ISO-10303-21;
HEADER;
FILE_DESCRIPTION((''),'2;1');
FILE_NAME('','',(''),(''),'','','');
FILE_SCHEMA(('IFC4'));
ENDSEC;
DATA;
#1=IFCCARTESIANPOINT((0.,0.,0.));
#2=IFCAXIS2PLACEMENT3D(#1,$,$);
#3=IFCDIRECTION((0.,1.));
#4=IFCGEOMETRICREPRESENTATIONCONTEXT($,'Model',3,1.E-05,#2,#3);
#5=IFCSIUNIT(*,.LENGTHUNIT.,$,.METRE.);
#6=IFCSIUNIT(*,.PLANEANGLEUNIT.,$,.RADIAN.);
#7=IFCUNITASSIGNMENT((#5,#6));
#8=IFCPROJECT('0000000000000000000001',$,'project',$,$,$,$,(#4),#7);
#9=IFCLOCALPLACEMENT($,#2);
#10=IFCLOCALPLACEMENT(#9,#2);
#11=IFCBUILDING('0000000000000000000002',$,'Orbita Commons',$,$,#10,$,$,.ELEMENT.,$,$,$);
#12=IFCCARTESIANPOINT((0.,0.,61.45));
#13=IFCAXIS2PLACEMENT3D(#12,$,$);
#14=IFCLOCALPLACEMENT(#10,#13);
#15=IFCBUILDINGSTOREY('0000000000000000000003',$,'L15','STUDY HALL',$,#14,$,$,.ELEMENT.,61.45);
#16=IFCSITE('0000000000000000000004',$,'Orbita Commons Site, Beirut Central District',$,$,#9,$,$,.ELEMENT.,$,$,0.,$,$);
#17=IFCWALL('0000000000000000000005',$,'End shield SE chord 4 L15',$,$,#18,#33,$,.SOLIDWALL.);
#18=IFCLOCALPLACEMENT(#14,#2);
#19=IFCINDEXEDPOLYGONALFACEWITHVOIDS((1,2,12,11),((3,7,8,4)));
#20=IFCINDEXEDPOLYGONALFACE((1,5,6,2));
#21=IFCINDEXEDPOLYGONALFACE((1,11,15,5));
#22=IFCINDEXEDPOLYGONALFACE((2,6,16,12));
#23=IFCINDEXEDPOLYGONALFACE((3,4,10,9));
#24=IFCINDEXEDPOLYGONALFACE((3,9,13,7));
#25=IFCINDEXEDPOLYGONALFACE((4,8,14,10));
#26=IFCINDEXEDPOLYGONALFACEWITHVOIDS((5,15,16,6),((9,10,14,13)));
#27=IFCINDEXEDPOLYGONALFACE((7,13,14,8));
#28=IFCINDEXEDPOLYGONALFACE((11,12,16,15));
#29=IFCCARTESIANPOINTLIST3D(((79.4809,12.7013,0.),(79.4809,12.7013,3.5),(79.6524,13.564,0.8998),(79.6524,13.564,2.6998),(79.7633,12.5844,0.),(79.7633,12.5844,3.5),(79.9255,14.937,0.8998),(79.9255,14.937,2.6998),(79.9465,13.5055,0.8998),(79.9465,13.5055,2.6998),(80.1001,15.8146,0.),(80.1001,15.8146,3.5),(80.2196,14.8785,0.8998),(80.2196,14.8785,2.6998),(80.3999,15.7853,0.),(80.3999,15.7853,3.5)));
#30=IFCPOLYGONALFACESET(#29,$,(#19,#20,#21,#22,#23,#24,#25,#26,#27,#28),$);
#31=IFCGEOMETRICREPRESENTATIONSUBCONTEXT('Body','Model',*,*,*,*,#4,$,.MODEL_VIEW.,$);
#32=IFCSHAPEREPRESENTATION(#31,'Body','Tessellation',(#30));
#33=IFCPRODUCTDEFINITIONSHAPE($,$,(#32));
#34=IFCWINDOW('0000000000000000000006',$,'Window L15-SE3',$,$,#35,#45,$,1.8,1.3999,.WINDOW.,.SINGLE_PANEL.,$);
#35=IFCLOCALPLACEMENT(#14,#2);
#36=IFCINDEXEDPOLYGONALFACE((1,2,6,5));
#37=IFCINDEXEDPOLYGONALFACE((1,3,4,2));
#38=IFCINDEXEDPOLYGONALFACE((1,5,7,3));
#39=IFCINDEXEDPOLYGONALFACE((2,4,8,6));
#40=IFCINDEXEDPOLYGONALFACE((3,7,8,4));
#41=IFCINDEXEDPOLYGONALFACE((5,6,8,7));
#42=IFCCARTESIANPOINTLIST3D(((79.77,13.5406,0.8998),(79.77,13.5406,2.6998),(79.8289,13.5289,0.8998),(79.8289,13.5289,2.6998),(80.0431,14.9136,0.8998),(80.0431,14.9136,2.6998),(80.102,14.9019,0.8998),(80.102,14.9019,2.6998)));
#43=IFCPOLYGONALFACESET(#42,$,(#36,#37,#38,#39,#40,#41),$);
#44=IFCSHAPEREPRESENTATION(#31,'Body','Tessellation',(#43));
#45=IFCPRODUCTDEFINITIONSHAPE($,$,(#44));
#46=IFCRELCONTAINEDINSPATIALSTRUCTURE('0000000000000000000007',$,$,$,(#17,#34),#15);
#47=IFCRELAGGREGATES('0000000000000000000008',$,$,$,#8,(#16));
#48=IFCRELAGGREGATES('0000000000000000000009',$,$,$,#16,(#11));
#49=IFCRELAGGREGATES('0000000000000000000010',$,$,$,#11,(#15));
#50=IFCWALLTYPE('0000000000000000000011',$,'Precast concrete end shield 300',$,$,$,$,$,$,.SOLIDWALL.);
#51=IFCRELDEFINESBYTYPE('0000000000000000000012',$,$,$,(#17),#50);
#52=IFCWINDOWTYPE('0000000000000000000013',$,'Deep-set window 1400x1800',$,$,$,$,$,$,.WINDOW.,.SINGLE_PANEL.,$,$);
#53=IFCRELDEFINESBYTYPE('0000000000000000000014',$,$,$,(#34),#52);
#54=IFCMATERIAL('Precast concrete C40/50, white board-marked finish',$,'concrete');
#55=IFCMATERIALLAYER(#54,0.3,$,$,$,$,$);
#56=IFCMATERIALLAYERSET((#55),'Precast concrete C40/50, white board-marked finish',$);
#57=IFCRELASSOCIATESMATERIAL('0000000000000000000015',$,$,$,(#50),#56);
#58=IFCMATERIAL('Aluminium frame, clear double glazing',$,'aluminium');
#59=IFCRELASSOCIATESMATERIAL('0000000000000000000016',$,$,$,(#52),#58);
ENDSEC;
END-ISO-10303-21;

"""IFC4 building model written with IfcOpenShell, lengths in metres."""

from ifc_helpers import new_model, si_unit, direction, frame, frame_2d, origin, place, context, subcontext, project, spatial, polyline, rectangle, outline, extrude, material, layer, layer_set, type_object, element, fill, save


model = new_model("IFC4")

# Units and contexts
model_context = context("Model", 3, precision=1e-05, world=origin(), true_north=direction((0.0, 1.0)))
body_context = subcontext(model_context, "Body", "Model", "MODEL_VIEW")
ifc_project = project(units=[si_unit("LENGTHUNIT", "METRE"), si_unit("PLANEANGLEUNIT", "RADIAN")], contexts=[model_context])

# Site, building, storey
site_placement = place(None, origin())
site = spatial("IfcSite", under=ifc_project, at=site_placement, Name="Orbita Commons Site, Beirut Central District", CompositionType="ELEMENT", RefElevation=0.0)
building_placement = place(site_placement, origin())
building = spatial("IfcBuilding", under=site, at=building_placement, Name="Orbita Commons", CompositionType="ELEMENT")
storey_placement = place(building_placement, frame((0.0, 0.0, 61.45)))
storey = spatial("IfcBuildingStorey", under=building, at=storey_placement, Name="L15", Description="STUDY HALL", CompositionType="ELEMENT", Elevation=61.45)

# Wall, opening, window
ifc_material_1 = material(Name="Precast concrete C40/50, white board-marked finish", Category="concrete")
ifc_layer_1 = layer(ifc_material_1, 0.3)
ifc_layer_set_1 = layer_set([ifc_layer_1], Name="Precast concrete C40/50, white board-marked finish")
wall_type_1 = type_object("IfcWallType", Name="Precast concrete end shield 300", PredefinedType="SOLIDWALL", material=ifc_layer_set_1)
wall_1_placement = place(storey_placement, frame((79.6221, 12.6428, 0.0), z_axis=(0.0, 0.0, 1.0), x_axis=(0.195066, 0.98079, 0.0)))
wall_1 = element("IfcWall", 1, at=wall_1_placement, inside=storey, type_object=wall_type_1, Name="End shield SE chord 4 L15", PredefinedType="SOLIDWALL", context=body_context, shape_type="SweptSolid", body=[
    extrude(outline(polyline([(-0.0298, -0.1499), (3.2339, -0.1499), (3.2041, 0.1499), (0.0298, 0.1499), (-0.0298, -0.1499)])), origin(), (0.0, 0.0, 1.0), 3.5),
])
opening_1_placement = place(wall_1_placement, frame((0.9094, 0.0, 0.8999)))
opening_1 = element("IfcOpeningElement", 2, at=opening_1_placement, cuts=wall_1, PredefinedType="OPENING", context=body_context, shape_type="SweptSolid", body=[
    extrude(rectangle(XDim=1.3999, YDim=1.8, at=frame_2d((0.7, 0.8999))), frame((0.0, 0.1599, 0.0), z_axis=(0.0, -1.0, 0.0), x_axis=(1.0, 0.0, 0.0)), (0.0, 0.0, 1.0), 0.3201),
])
ifc_material_2 = material(Name="Aluminium frame, clear double glazing", Category="aluminium")
window_type = type_object("IfcWindowType", Name="Deep-set window 1400x1800", PartitioningType="SINGLE_PANEL", PredefinedType="WINDOW", material=ifc_material_2)
window_placement = place(opening_1_placement, origin())
window = element("IfcWindow", 3, at=window_placement, inside=storey, type_object=window_type, Name="Window L15-SE3", OverallHeight=1.8, OverallWidth=1.3999, PartitioningType="SINGLE_PANEL", PredefinedType="WINDOW", context=body_context, shape_type="SweptSolid", body=[
    extrude(rectangle(XDim=1.3999, YDim=1.8, at=frame_2d((0.7, 0.8999))), frame((0.0, 0.03, 0.0), z_axis=(0.0, -1.0, 0.0), x_axis=(1.0, 0.0, 0.0)), (0.0, 0.0, 1.0), 0.0601),
])
fill(opening_1, window)

save(model, "model.ifc")
